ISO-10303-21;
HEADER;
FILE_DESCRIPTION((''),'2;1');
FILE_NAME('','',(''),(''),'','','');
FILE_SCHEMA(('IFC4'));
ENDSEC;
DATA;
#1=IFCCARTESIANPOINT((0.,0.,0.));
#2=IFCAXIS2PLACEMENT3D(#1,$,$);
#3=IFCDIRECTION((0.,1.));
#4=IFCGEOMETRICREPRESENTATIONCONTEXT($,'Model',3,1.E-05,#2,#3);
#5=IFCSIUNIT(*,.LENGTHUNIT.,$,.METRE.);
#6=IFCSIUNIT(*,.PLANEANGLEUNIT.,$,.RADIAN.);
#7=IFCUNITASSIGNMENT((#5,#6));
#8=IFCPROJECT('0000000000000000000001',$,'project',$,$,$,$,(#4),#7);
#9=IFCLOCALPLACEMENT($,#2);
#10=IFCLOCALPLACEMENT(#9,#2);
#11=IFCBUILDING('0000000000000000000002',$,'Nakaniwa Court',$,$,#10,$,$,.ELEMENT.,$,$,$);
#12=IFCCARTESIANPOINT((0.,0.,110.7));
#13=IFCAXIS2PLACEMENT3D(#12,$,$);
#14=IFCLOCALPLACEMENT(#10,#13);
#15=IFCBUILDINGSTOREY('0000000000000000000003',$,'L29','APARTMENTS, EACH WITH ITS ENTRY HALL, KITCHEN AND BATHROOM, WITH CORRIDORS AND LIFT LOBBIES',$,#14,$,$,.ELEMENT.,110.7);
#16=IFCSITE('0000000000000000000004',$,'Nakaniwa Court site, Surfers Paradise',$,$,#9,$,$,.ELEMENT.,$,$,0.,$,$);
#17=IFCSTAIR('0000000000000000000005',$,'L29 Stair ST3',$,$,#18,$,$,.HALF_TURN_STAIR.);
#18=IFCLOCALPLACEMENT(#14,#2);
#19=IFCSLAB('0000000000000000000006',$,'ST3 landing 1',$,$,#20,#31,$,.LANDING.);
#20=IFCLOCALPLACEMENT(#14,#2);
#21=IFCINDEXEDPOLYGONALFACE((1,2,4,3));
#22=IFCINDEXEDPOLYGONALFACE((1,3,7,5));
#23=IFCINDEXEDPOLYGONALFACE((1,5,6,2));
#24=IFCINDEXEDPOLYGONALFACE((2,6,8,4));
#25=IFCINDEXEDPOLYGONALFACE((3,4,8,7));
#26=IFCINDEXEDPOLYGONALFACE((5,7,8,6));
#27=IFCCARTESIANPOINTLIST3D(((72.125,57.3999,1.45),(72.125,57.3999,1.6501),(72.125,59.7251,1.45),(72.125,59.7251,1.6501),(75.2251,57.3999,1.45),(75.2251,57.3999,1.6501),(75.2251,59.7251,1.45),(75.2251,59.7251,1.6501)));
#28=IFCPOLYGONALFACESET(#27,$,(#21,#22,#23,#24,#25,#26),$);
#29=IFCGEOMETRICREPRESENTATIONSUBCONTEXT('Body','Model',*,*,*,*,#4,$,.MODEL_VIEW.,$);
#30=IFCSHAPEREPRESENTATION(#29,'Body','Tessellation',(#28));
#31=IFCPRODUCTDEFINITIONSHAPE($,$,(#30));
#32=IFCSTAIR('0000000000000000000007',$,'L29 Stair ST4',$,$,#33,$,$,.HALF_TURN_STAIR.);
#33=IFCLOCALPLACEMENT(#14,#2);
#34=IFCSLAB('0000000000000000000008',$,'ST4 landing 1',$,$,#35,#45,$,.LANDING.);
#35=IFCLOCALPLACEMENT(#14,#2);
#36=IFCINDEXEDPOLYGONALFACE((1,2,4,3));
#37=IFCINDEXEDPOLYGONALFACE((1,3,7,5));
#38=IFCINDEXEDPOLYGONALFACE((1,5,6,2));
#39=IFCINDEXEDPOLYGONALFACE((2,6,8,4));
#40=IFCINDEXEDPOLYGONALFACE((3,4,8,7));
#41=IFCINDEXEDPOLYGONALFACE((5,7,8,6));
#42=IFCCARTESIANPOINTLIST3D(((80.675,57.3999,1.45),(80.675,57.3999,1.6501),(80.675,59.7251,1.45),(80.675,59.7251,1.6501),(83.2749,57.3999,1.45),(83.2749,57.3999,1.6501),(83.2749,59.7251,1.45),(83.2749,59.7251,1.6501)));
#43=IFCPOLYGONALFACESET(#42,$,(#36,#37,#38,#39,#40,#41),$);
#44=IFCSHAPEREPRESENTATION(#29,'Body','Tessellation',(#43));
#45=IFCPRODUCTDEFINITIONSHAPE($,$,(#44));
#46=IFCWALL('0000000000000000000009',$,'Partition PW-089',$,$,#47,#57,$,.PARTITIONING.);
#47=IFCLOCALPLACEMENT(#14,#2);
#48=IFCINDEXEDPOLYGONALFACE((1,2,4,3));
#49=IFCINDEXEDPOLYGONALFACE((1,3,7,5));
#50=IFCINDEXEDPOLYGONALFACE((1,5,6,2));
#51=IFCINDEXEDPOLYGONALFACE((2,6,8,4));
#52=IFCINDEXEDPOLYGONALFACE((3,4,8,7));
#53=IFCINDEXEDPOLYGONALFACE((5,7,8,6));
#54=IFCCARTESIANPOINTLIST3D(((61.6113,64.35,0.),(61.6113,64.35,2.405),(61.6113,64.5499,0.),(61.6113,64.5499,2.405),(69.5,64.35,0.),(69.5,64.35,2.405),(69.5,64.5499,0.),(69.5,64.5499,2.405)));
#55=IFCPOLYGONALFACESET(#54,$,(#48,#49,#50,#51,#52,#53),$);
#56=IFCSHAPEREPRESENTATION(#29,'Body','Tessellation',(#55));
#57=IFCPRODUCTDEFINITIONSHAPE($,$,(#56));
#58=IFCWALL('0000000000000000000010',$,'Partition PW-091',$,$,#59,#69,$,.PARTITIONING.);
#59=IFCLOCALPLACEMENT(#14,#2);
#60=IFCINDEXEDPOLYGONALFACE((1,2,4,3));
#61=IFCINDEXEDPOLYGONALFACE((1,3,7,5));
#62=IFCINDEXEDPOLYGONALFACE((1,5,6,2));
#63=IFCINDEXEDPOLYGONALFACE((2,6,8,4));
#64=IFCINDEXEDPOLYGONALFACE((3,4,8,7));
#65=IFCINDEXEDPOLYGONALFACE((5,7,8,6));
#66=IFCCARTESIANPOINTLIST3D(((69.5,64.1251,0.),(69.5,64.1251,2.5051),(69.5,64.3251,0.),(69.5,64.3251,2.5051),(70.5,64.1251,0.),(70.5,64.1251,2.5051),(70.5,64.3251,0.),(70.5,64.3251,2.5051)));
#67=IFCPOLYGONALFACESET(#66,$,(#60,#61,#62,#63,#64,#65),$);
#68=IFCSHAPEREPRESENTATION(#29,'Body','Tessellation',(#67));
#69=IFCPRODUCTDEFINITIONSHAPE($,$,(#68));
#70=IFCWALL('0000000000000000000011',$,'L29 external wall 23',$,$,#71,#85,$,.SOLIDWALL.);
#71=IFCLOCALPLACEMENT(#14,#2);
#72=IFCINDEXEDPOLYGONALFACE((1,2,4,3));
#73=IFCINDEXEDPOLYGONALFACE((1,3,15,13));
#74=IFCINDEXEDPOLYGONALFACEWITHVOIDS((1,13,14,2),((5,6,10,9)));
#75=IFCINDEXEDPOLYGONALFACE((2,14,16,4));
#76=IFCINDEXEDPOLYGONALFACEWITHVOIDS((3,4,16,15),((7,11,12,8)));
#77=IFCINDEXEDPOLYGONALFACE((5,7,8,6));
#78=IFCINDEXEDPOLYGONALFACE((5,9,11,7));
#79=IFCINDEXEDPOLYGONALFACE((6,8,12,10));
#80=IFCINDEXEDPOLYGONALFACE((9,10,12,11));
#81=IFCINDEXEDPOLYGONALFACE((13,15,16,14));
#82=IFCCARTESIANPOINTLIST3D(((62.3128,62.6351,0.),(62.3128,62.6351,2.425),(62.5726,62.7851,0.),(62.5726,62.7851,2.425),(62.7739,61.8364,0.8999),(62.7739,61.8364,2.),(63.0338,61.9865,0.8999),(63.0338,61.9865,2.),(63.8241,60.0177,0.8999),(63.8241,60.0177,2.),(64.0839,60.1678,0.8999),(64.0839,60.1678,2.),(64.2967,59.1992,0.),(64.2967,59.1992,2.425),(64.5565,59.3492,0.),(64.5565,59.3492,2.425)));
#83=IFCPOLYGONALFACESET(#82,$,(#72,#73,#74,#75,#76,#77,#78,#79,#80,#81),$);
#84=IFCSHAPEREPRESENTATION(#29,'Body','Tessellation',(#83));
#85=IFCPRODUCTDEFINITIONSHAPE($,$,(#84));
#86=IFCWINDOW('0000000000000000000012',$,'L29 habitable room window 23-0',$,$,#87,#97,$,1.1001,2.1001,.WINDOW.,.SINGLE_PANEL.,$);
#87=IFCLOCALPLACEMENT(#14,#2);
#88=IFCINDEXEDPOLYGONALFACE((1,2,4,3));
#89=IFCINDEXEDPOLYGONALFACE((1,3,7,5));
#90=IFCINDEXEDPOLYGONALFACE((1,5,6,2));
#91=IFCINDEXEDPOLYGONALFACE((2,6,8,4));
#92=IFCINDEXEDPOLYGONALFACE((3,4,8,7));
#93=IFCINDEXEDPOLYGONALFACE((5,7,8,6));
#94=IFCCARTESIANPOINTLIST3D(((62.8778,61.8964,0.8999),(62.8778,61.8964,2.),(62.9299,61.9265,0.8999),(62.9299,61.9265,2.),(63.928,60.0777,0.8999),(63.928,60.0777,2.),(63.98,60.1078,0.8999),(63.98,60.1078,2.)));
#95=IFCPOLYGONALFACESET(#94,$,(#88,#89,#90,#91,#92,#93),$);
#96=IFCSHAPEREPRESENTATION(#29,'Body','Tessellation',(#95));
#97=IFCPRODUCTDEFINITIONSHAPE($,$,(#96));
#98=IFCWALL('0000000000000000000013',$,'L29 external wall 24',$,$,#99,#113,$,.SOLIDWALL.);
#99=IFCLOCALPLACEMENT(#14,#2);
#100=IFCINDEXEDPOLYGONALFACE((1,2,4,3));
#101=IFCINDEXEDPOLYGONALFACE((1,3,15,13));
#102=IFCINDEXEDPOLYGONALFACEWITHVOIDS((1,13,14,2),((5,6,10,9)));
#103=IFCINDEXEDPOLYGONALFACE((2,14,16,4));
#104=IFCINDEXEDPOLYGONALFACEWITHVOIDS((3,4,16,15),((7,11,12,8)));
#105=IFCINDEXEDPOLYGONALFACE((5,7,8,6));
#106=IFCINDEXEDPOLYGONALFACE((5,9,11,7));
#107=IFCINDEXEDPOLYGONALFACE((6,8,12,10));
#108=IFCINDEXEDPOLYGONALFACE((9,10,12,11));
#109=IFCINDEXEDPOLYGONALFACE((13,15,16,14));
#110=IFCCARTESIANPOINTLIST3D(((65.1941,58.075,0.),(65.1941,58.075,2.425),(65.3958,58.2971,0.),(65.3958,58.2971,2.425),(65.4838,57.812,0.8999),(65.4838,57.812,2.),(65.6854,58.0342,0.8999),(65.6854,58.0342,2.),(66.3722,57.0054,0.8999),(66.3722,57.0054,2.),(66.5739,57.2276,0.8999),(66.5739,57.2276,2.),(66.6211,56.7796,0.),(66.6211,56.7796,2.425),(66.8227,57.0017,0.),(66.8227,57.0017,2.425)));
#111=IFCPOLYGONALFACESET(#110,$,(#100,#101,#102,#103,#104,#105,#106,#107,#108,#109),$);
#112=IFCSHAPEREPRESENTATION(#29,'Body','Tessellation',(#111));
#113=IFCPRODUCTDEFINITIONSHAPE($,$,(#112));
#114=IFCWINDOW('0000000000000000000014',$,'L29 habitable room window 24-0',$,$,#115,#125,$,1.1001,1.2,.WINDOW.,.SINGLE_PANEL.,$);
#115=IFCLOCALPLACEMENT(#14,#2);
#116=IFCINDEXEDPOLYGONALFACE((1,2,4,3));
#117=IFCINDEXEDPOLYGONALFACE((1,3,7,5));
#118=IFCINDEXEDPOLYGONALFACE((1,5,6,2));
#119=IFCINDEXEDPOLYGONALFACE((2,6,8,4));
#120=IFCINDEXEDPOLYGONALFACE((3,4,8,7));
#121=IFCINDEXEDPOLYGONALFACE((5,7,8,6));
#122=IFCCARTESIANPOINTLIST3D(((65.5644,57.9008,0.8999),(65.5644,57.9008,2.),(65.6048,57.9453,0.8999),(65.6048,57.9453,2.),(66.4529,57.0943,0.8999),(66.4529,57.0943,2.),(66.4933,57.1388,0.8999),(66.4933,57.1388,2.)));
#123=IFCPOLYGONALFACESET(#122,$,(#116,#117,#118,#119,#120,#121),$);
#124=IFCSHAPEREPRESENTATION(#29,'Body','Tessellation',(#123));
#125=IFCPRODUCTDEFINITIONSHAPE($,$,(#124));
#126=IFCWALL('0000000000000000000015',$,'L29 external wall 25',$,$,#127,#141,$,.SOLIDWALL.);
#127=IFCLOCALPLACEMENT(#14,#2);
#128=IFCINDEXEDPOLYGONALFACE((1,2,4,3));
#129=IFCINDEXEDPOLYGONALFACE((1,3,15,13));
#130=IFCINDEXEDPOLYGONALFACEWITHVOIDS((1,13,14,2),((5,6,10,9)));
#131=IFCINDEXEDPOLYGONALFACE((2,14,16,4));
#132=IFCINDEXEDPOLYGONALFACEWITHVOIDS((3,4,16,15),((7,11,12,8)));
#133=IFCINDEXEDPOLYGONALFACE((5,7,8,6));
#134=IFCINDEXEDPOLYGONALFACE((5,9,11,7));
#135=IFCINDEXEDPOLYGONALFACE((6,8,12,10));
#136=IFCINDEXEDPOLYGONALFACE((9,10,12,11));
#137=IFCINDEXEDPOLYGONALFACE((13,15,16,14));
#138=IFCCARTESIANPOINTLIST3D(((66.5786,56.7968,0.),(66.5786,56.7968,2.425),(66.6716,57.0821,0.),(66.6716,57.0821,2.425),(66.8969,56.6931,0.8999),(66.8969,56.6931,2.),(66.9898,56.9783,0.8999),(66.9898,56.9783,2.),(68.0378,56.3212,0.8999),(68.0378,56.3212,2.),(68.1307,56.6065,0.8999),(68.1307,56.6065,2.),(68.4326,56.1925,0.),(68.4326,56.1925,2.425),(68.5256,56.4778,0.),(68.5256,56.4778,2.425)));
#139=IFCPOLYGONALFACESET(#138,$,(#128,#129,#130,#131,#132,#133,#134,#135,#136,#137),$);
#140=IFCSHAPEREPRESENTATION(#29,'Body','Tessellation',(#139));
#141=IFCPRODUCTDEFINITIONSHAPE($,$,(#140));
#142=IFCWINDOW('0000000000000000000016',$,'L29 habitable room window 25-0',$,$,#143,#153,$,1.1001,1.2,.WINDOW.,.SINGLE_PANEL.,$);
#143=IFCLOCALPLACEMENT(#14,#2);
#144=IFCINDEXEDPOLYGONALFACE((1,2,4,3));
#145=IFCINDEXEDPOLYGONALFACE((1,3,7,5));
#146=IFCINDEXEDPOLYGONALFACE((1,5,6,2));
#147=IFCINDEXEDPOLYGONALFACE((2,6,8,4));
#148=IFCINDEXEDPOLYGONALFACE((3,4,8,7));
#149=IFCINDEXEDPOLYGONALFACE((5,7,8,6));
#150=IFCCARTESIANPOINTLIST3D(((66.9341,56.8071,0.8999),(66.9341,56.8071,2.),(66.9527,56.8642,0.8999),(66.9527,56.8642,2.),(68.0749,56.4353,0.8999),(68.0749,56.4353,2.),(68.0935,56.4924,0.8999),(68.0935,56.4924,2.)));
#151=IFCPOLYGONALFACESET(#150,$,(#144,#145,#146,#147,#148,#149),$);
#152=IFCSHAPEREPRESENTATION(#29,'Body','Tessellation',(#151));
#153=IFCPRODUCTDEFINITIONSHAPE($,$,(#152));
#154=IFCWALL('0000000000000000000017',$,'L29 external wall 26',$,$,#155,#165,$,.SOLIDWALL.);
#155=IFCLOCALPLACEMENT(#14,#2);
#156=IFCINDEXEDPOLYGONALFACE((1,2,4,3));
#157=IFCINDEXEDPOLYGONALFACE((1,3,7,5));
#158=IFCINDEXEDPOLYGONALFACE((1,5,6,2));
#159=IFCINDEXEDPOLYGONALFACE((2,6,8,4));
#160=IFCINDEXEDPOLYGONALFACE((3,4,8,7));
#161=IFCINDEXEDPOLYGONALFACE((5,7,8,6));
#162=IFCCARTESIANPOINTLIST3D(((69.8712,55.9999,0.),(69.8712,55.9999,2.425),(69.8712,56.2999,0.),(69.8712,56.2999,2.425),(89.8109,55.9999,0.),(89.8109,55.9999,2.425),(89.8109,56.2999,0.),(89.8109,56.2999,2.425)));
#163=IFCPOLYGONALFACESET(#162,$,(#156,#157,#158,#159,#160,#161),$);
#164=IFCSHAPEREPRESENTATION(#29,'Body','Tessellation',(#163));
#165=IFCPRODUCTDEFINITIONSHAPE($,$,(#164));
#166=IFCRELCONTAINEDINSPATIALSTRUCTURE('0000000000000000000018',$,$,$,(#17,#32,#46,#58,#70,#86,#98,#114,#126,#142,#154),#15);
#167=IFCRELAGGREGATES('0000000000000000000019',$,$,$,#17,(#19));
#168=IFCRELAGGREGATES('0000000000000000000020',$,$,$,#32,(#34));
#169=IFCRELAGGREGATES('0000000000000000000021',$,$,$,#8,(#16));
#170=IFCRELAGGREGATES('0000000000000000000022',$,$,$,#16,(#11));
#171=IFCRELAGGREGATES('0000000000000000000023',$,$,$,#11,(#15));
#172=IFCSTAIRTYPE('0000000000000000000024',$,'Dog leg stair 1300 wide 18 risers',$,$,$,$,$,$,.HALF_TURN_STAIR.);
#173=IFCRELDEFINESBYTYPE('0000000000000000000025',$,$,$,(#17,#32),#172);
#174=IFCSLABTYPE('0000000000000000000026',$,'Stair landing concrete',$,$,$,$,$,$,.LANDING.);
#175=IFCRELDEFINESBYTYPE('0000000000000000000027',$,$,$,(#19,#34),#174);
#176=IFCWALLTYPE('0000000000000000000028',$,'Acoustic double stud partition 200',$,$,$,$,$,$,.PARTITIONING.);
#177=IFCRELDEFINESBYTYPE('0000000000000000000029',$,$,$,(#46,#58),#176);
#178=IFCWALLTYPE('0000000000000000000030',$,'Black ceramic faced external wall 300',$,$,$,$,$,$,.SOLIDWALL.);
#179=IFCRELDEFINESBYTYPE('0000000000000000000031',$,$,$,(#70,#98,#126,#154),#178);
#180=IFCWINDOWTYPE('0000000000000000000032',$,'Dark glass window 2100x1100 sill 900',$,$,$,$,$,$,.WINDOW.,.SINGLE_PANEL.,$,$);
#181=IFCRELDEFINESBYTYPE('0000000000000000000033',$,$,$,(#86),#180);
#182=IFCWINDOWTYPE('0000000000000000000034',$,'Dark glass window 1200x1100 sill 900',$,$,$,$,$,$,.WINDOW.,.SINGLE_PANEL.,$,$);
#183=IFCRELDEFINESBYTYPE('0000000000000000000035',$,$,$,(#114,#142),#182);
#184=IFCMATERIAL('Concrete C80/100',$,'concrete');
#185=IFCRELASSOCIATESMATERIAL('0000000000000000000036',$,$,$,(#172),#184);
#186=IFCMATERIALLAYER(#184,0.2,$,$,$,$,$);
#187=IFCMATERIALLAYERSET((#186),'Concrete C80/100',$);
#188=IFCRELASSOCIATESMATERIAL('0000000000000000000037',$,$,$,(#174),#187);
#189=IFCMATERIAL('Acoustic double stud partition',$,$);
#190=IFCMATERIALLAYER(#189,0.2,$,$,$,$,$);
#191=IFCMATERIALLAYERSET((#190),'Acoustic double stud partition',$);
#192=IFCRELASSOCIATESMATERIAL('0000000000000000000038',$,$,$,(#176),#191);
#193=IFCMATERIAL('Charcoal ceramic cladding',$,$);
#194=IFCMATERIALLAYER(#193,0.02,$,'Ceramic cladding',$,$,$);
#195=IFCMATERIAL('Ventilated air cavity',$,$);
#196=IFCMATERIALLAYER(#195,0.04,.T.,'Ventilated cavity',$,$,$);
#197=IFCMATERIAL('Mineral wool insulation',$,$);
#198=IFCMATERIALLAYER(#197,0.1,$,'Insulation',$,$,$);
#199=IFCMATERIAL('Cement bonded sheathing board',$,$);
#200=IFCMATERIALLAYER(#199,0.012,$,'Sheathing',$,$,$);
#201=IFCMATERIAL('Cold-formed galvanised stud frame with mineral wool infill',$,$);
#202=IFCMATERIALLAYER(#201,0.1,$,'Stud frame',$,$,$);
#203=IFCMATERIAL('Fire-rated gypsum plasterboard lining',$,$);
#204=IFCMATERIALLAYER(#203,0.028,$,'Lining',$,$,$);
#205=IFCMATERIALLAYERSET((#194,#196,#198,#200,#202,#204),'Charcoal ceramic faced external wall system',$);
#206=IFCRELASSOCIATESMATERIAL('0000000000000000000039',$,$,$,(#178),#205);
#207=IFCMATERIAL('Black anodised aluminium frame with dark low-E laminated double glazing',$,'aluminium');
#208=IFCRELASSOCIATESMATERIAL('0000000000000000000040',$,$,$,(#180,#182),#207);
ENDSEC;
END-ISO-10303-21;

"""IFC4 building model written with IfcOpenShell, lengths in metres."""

from ifc_helpers import new_model, si_unit, direction, frame, frame_2d, origin, place, context, subcontext, project, spatial, polyline, rectangle, outline, extrude, material, layer, layer_set, type_object, element, fill, aggregate, save


model = new_model("IFC4")

# Units and contexts
model_context = context("Model", 3, precision=1e-05, world=origin(), true_north=direction((0.0, 1.0)))
body_context = subcontext(model_context, "Body", "Model", "MODEL_VIEW")
ifc_project = project(units=[si_unit("LENGTHUNIT", "METRE"), si_unit("PLANEANGLEUNIT", "RADIAN")], contexts=[model_context])

# Site, building, storey
site_placement = place(None, origin())
site = spatial("IfcSite", under=ifc_project, at=site_placement, Name="Nakaniwa Court site, Surfers Paradise", CompositionType="ELEMENT", RefElevation=0.0)
building_placement = place(site_placement, origin())
building = spatial("IfcBuilding", under=site, at=building_placement, Name="Nakaniwa Court", CompositionType="ELEMENT")
storey_placement = place(building_placement, frame((0.0, 0.0, 110.7)))
storey = spatial("IfcBuildingStorey", under=building, at=storey_placement, Name="L29", Description="APARTMENTS, EACH WITH ITS ENTRY HALL, KITCHEN AND BATHROOM, WITH CORRIDORS AND LIFT LOBBIES", CompositionType="ELEMENT", Elevation=110.7)

# Shared definitions
ifc_material_1 = material(Name="Concrete C80/100", Category="concrete")

# Stairs, slabs
stair_type = type_object("IfcStairType", Name="Dog leg stair 1300 wide 18 risers", PredefinedType="HALF_TURN_STAIR", material=ifc_material_1)
ifc_layer_1 = layer(ifc_material_1, 0.2)
ifc_layer_set_1 = layer_set([ifc_layer_1], Name="Concrete C80/100")
slab_type_1 = type_object("IfcSlabType", Name="Stair landing concrete", PredefinedType="LANDING", material=ifc_layer_set_1)
stair_1_placement = place(storey_placement, origin())
stair_1 = element("IfcStair", 1, at=stair_1_placement, inside=storey, type_object=stair_type, Name="L29 Stair ST3", PredefinedType="HALF_TURN_STAIR")
slab_1_placement = place(storey_placement, frame((0.0, 0.0, 1.45)))
slab_1 = element("IfcSlab", 2, at=slab_1_placement, type_object=slab_type_1, Name="ST3 landing 1", PredefinedType="LANDING", context=body_context, shape_type="SweptSolid", body=[
    extrude(outline(polyline([(75.2251, 57.3999), (75.2251, 59.7251), (72.125, 59.7251), (72.125, 57.3999), (75.2251, 57.3999)])), origin(), (0.0, 0.0, 1.0), 0.2002),
])
aggregate(stair_1, [slab_1])
stair_2_placement = place(storey_placement, origin())
stair_2 = element("IfcStair", 3, at=stair_2_placement, inside=storey, type_object=stair_type, Name="L29 Stair ST4", PredefinedType="HALF_TURN_STAIR")
slab_2_placement = place(storey_placement, frame((0.0, 0.0, 1.45)))
slab_2 = element("IfcSlab", 4, at=slab_2_placement, type_object=slab_type_1, Name="ST4 landing 1", PredefinedType="LANDING", context=body_context, shape_type="SweptSolid", body=[
    extrude(outline(polyline([(83.2749, 57.3999), (83.2749, 59.7251), (80.675, 59.7251), (80.675, 57.3999), (83.2749, 57.3999)])), origin(), (0.0, 0.0, 1.0), 0.2002),
])
aggregate(stair_2, [slab_2])

# Walls
ifc_material_2 = material(Name="Acoustic double stud partition")
ifc_layer_2 = layer(ifc_material_2, 0.2)
ifc_layer_set_2 = layer_set([ifc_layer_2], Name="Acoustic double stud partition")
wall_type_1 = type_object("IfcWallType", Name="Acoustic double stud partition 200", PredefinedType="PARTITIONING", material=ifc_layer_set_2)
wall_1_placement = place(storey_placement, frame((61.6113, 64.45, 0.0), z_axis=(0.0, 0.0, 1.0), x_axis=(1.0, 0.0, 0.0)))
element("IfcWall", 5, at=wall_1_placement, inside=storey, type_object=wall_type_1, Name="Partition PW-089", PredefinedType="PARTITIONING", context=body_context, shape_type="SweptSolid", body=[
    extrude(rectangle(XDim=7.8887, YDim=0.2, at=frame_2d((3.9443, 0.0))), origin(), (0.0, 0.0, 1.0), 2.405),
])
wall_2_placement = place(storey_placement, frame((69.5, 64.2251, 0.0), z_axis=(0.0, 0.0, 1.0), x_axis=(1.0, 0.0, 0.0)))
element("IfcWall", 6, at=wall_2_placement, inside=storey, type_object=wall_type_1, Name="Partition PW-091", PredefinedType="PARTITIONING", context=body_context, shape_type="SweptSolid", body=[
    extrude(rectangle(XDim=1.0, YDim=0.2, at=frame_2d((0.5, 0.0))), origin(), (0.0, 0.0, 1.0), 2.5051),
])

# Walls, openings, windows
ifc_material_3 = material(Name="Charcoal ceramic cladding")
ifc_layer_3 = layer(ifc_material_3, 0.02, Name="Ceramic cladding")
ifc_material_4 = material(Name="Ventilated air cavity")
ifc_layer_4 = layer(ifc_material_4, 0.04, ventilated=True, Name="Ventilated cavity")
ifc_material_5 = material(Name="Mineral wool insulation")
ifc_layer_5 = layer(ifc_material_5, 0.1, Name="Insulation")
ifc_material_6 = material(Name="Cement bonded sheathing board")
ifc_layer_6 = layer(ifc_material_6, 0.012, Name="Sheathing")
ifc_material_7 = material(Name="Cold-formed galvanised stud frame with mineral wool infill")
ifc_layer_7 = layer(ifc_material_7, 0.1, Name="Stud frame")
ifc_material_8 = material(Name="Fire-rated gypsum plasterboard lining")
ifc_layer_8 = layer(ifc_material_8, 0.028, Name="Lining")
ifc_layer_set_3 = layer_set([ifc_layer_3, ifc_layer_4, ifc_layer_5, ifc_layer_6, ifc_layer_7, ifc_layer_8], Name="Charcoal ceramic faced external wall system")
wall_type_2 = type_object("IfcWallType", Name="Black ceramic faced external wall 300", PredefinedType="SOLIDWALL", material=ifc_layer_set_3)
wall_3_placement = place(storey_placement, frame((62.4426, 62.7102, 0.0), z_axis=(0.0, 0.0, 1.0), x_axis=(0.500044, -0.866, 0.0)))
wall_3 = element("IfcWall", 7, at=wall_3_placement, inside=storey, type_object=wall_type_2, Name="L29 external wall 23", PredefinedType="SOLIDWALL", context=body_context, shape_type="SweptSolid", body=[
    extrude(rectangle(XDim=3.9675, YDim=0.3, at=frame_2d((1.9839, 0.0))), origin(), (0.0, 0.0, 1.0), 2.425),
])
opening_1_placement = place(wall_3_placement, frame((0.9224, 0.0, 0.8999)))
opening_1 = element("IfcOpeningElement", 8, at=opening_1_placement, cuts=wall_3, PredefinedType="OPENING", context=body_context, shape_type="SweptSolid", body=[
    extrude(rectangle(XDim=2.1001, YDim=1.1001, at=frame_2d((1.05, 0.55))), frame((0.0, 0.1599, 0.0), z_axis=(0.0, -1.0, 0.0), x_axis=(1.0, 0.0, 0.0)), (0.0, 0.0, 1.0), 0.3201),
])
ifc_material_9 = material(Name="Black anodised aluminium frame with dark low-E laminated double glazing", Category="aluminium")
window_type_1 = type_object("IfcWindowType", Name="Dark glass window 2100x1100 sill 900", PartitioningType="SINGLE_PANEL", PredefinedType="WINDOW", material=ifc_material_9)
window_1_placement = place(opening_1_placement, origin())
window_1 = element("IfcWindow", 9, at=window_1_placement, inside=storey, type_object=window_type_1, Name="L29 habitable room window 23-0", OverallHeight=1.1001, OverallWidth=2.1001, PartitioningType="SINGLE_PANEL", PredefinedType="WINDOW", context=body_context, shape_type="SweptSolid", body=[
    extrude(rectangle(XDim=2.1001, YDim=1.1001, at=frame_2d((1.05, 0.55))), frame((0.0, 0.03, 0.0), z_axis=(0.0, -1.0, 0.0), x_axis=(1.0, 0.0, 0.0)), (0.0, 0.0, 1.0), 0.0601),
])
fill(opening_1, window_1)
wall_4_placement = place(storey_placement, frame((65.2949, 58.186, 0.0), z_axis=(0.0, 0.0, 1.0), x_axis=(0.740421, -0.672143, 0.0)))
wall_4 = element("IfcWall", 10, at=wall_4_placement, inside=storey, type_object=wall_type_2, Name="L29 external wall 24", PredefinedType="SOLIDWALL", context=body_context, shape_type="SweptSolid", body=[
    extrude(rectangle(XDim=1.9272, YDim=0.3, at=frame_2d((0.9636, 0.0))), origin(), (0.0, 0.0, 1.0), 2.425),
])
opening_2_placement = place(wall_4_placement, frame((0.3911, 0.0, 0.8999)))
opening_2 = element("IfcOpeningElement", 11, at=opening_2_placement, cuts=wall_4, PredefinedType="OPENING", context=body_context, shape_type="SweptSolid", body=[
    extrude(rectangle(XDim=1.2, YDim=1.1001, at=frame_2d((0.6001, 0.55))), frame((0.0, 0.1599, 0.0), z_axis=(0.0, -1.0, 0.0), x_axis=(1.0, 0.0, 0.0)), (0.0, 0.0, 1.0), 0.3201),
])
window_type_2 = type_object("IfcWindowType", Name="Dark glass window 1200x1100 sill 900", PartitioningType="SINGLE_PANEL", PredefinedType="WINDOW", material=ifc_material_9)
window_2_placement = place(opening_2_placement, origin())
window_2 = element("IfcWindow", 12, at=window_2_placement, inside=storey, type_object=window_type_2, Name="L29 habitable room window 24-0", OverallHeight=1.1001, OverallWidth=1.2, PartitioningType="SINGLE_PANEL", PredefinedType="WINDOW", context=body_context, shape_type="SweptSolid", body=[
    extrude(rectangle(XDim=1.2, YDim=1.1001, at=frame_2d((0.6001, 0.55))), frame((0.0, 0.03, 0.0), z_axis=(0.0, -1.0, 0.0), x_axis=(1.0, 0.0, 0.0)), (0.0, 0.0, 1.0), 0.0601),
])
fill(opening_2, window_2)
wall_5_placement = place(storey_placement, frame((66.625, 56.9395, 0.0), z_axis=(0.0, 0.0, 1.0), x_axis=(0.950778, -0.309873, 0.0)))
wall_5 = element("IfcWall", 13, at=wall_5_placement, inside=storey, type_object=wall_type_2, Name="L29 external wall 25", PredefinedType="SOLIDWALL", context=body_context, shape_type="SweptSolid", body=[
    extrude(rectangle(XDim=1.95, YDim=0.3, at=frame_2d((0.9751, 0.0))), origin(), (0.0, 0.0, 1.0), 2.425),
])
opening_3_placement = place(wall_5_placement, frame((0.3347, 0.0, 0.8999)))
opening_3 = element("IfcOpeningElement", 14, at=opening_3_placement, cuts=wall_5, PredefinedType="OPENING", context=body_context, shape_type="SweptSolid", body=[
    extrude(rectangle(XDim=1.2, YDim=1.1001, at=frame_2d((0.6001, 0.55))), frame((0.0, 0.1599, 0.0), z_axis=(0.0, -1.0, 0.0), x_axis=(1.0, 0.0, 0.0)), (0.0, 0.0, 1.0), 0.3201),
])
window_3_placement = place(opening_3_placement, origin())
window_3 = element("IfcWindow", 15, at=window_3_placement, inside=storey, type_object=window_type_2, Name="L29 habitable room window 25-0", OverallHeight=1.1001, OverallWidth=1.2, PartitioningType="SINGLE_PANEL", PredefinedType="WINDOW", context=body_context, shape_type="SweptSolid", body=[
    extrude(rectangle(XDim=1.2, YDim=1.1001, at=frame_2d((0.6001, 0.55))), frame((0.0, 0.03, 0.0), z_axis=(0.0, -1.0, 0.0), x_axis=(1.0, 0.0, 0.0)), (0.0, 0.0, 1.0), 0.0601),
])
fill(opening_3, window_3)

# Wall
wall_6_placement = place(storey_placement, frame((69.8713, 56.1499, 0.0), z_axis=(0.0, 0.0, 1.0), x_axis=(1.0, 0.0, 0.0)))
element("IfcWall", 16, at=wall_6_placement, inside=storey, type_object=wall_type_2, Name="L29 external wall 26", PredefinedType="SOLIDWALL", context=body_context, shape_type="SweptSolid", body=[
    extrude(rectangle(XDim=19.9397, YDim=0.3, at=frame_2d((9.9697, 0.0))), origin(), (0.0, 0.0, 1.0), 2.425),
])

save(model, "model.ifc")
